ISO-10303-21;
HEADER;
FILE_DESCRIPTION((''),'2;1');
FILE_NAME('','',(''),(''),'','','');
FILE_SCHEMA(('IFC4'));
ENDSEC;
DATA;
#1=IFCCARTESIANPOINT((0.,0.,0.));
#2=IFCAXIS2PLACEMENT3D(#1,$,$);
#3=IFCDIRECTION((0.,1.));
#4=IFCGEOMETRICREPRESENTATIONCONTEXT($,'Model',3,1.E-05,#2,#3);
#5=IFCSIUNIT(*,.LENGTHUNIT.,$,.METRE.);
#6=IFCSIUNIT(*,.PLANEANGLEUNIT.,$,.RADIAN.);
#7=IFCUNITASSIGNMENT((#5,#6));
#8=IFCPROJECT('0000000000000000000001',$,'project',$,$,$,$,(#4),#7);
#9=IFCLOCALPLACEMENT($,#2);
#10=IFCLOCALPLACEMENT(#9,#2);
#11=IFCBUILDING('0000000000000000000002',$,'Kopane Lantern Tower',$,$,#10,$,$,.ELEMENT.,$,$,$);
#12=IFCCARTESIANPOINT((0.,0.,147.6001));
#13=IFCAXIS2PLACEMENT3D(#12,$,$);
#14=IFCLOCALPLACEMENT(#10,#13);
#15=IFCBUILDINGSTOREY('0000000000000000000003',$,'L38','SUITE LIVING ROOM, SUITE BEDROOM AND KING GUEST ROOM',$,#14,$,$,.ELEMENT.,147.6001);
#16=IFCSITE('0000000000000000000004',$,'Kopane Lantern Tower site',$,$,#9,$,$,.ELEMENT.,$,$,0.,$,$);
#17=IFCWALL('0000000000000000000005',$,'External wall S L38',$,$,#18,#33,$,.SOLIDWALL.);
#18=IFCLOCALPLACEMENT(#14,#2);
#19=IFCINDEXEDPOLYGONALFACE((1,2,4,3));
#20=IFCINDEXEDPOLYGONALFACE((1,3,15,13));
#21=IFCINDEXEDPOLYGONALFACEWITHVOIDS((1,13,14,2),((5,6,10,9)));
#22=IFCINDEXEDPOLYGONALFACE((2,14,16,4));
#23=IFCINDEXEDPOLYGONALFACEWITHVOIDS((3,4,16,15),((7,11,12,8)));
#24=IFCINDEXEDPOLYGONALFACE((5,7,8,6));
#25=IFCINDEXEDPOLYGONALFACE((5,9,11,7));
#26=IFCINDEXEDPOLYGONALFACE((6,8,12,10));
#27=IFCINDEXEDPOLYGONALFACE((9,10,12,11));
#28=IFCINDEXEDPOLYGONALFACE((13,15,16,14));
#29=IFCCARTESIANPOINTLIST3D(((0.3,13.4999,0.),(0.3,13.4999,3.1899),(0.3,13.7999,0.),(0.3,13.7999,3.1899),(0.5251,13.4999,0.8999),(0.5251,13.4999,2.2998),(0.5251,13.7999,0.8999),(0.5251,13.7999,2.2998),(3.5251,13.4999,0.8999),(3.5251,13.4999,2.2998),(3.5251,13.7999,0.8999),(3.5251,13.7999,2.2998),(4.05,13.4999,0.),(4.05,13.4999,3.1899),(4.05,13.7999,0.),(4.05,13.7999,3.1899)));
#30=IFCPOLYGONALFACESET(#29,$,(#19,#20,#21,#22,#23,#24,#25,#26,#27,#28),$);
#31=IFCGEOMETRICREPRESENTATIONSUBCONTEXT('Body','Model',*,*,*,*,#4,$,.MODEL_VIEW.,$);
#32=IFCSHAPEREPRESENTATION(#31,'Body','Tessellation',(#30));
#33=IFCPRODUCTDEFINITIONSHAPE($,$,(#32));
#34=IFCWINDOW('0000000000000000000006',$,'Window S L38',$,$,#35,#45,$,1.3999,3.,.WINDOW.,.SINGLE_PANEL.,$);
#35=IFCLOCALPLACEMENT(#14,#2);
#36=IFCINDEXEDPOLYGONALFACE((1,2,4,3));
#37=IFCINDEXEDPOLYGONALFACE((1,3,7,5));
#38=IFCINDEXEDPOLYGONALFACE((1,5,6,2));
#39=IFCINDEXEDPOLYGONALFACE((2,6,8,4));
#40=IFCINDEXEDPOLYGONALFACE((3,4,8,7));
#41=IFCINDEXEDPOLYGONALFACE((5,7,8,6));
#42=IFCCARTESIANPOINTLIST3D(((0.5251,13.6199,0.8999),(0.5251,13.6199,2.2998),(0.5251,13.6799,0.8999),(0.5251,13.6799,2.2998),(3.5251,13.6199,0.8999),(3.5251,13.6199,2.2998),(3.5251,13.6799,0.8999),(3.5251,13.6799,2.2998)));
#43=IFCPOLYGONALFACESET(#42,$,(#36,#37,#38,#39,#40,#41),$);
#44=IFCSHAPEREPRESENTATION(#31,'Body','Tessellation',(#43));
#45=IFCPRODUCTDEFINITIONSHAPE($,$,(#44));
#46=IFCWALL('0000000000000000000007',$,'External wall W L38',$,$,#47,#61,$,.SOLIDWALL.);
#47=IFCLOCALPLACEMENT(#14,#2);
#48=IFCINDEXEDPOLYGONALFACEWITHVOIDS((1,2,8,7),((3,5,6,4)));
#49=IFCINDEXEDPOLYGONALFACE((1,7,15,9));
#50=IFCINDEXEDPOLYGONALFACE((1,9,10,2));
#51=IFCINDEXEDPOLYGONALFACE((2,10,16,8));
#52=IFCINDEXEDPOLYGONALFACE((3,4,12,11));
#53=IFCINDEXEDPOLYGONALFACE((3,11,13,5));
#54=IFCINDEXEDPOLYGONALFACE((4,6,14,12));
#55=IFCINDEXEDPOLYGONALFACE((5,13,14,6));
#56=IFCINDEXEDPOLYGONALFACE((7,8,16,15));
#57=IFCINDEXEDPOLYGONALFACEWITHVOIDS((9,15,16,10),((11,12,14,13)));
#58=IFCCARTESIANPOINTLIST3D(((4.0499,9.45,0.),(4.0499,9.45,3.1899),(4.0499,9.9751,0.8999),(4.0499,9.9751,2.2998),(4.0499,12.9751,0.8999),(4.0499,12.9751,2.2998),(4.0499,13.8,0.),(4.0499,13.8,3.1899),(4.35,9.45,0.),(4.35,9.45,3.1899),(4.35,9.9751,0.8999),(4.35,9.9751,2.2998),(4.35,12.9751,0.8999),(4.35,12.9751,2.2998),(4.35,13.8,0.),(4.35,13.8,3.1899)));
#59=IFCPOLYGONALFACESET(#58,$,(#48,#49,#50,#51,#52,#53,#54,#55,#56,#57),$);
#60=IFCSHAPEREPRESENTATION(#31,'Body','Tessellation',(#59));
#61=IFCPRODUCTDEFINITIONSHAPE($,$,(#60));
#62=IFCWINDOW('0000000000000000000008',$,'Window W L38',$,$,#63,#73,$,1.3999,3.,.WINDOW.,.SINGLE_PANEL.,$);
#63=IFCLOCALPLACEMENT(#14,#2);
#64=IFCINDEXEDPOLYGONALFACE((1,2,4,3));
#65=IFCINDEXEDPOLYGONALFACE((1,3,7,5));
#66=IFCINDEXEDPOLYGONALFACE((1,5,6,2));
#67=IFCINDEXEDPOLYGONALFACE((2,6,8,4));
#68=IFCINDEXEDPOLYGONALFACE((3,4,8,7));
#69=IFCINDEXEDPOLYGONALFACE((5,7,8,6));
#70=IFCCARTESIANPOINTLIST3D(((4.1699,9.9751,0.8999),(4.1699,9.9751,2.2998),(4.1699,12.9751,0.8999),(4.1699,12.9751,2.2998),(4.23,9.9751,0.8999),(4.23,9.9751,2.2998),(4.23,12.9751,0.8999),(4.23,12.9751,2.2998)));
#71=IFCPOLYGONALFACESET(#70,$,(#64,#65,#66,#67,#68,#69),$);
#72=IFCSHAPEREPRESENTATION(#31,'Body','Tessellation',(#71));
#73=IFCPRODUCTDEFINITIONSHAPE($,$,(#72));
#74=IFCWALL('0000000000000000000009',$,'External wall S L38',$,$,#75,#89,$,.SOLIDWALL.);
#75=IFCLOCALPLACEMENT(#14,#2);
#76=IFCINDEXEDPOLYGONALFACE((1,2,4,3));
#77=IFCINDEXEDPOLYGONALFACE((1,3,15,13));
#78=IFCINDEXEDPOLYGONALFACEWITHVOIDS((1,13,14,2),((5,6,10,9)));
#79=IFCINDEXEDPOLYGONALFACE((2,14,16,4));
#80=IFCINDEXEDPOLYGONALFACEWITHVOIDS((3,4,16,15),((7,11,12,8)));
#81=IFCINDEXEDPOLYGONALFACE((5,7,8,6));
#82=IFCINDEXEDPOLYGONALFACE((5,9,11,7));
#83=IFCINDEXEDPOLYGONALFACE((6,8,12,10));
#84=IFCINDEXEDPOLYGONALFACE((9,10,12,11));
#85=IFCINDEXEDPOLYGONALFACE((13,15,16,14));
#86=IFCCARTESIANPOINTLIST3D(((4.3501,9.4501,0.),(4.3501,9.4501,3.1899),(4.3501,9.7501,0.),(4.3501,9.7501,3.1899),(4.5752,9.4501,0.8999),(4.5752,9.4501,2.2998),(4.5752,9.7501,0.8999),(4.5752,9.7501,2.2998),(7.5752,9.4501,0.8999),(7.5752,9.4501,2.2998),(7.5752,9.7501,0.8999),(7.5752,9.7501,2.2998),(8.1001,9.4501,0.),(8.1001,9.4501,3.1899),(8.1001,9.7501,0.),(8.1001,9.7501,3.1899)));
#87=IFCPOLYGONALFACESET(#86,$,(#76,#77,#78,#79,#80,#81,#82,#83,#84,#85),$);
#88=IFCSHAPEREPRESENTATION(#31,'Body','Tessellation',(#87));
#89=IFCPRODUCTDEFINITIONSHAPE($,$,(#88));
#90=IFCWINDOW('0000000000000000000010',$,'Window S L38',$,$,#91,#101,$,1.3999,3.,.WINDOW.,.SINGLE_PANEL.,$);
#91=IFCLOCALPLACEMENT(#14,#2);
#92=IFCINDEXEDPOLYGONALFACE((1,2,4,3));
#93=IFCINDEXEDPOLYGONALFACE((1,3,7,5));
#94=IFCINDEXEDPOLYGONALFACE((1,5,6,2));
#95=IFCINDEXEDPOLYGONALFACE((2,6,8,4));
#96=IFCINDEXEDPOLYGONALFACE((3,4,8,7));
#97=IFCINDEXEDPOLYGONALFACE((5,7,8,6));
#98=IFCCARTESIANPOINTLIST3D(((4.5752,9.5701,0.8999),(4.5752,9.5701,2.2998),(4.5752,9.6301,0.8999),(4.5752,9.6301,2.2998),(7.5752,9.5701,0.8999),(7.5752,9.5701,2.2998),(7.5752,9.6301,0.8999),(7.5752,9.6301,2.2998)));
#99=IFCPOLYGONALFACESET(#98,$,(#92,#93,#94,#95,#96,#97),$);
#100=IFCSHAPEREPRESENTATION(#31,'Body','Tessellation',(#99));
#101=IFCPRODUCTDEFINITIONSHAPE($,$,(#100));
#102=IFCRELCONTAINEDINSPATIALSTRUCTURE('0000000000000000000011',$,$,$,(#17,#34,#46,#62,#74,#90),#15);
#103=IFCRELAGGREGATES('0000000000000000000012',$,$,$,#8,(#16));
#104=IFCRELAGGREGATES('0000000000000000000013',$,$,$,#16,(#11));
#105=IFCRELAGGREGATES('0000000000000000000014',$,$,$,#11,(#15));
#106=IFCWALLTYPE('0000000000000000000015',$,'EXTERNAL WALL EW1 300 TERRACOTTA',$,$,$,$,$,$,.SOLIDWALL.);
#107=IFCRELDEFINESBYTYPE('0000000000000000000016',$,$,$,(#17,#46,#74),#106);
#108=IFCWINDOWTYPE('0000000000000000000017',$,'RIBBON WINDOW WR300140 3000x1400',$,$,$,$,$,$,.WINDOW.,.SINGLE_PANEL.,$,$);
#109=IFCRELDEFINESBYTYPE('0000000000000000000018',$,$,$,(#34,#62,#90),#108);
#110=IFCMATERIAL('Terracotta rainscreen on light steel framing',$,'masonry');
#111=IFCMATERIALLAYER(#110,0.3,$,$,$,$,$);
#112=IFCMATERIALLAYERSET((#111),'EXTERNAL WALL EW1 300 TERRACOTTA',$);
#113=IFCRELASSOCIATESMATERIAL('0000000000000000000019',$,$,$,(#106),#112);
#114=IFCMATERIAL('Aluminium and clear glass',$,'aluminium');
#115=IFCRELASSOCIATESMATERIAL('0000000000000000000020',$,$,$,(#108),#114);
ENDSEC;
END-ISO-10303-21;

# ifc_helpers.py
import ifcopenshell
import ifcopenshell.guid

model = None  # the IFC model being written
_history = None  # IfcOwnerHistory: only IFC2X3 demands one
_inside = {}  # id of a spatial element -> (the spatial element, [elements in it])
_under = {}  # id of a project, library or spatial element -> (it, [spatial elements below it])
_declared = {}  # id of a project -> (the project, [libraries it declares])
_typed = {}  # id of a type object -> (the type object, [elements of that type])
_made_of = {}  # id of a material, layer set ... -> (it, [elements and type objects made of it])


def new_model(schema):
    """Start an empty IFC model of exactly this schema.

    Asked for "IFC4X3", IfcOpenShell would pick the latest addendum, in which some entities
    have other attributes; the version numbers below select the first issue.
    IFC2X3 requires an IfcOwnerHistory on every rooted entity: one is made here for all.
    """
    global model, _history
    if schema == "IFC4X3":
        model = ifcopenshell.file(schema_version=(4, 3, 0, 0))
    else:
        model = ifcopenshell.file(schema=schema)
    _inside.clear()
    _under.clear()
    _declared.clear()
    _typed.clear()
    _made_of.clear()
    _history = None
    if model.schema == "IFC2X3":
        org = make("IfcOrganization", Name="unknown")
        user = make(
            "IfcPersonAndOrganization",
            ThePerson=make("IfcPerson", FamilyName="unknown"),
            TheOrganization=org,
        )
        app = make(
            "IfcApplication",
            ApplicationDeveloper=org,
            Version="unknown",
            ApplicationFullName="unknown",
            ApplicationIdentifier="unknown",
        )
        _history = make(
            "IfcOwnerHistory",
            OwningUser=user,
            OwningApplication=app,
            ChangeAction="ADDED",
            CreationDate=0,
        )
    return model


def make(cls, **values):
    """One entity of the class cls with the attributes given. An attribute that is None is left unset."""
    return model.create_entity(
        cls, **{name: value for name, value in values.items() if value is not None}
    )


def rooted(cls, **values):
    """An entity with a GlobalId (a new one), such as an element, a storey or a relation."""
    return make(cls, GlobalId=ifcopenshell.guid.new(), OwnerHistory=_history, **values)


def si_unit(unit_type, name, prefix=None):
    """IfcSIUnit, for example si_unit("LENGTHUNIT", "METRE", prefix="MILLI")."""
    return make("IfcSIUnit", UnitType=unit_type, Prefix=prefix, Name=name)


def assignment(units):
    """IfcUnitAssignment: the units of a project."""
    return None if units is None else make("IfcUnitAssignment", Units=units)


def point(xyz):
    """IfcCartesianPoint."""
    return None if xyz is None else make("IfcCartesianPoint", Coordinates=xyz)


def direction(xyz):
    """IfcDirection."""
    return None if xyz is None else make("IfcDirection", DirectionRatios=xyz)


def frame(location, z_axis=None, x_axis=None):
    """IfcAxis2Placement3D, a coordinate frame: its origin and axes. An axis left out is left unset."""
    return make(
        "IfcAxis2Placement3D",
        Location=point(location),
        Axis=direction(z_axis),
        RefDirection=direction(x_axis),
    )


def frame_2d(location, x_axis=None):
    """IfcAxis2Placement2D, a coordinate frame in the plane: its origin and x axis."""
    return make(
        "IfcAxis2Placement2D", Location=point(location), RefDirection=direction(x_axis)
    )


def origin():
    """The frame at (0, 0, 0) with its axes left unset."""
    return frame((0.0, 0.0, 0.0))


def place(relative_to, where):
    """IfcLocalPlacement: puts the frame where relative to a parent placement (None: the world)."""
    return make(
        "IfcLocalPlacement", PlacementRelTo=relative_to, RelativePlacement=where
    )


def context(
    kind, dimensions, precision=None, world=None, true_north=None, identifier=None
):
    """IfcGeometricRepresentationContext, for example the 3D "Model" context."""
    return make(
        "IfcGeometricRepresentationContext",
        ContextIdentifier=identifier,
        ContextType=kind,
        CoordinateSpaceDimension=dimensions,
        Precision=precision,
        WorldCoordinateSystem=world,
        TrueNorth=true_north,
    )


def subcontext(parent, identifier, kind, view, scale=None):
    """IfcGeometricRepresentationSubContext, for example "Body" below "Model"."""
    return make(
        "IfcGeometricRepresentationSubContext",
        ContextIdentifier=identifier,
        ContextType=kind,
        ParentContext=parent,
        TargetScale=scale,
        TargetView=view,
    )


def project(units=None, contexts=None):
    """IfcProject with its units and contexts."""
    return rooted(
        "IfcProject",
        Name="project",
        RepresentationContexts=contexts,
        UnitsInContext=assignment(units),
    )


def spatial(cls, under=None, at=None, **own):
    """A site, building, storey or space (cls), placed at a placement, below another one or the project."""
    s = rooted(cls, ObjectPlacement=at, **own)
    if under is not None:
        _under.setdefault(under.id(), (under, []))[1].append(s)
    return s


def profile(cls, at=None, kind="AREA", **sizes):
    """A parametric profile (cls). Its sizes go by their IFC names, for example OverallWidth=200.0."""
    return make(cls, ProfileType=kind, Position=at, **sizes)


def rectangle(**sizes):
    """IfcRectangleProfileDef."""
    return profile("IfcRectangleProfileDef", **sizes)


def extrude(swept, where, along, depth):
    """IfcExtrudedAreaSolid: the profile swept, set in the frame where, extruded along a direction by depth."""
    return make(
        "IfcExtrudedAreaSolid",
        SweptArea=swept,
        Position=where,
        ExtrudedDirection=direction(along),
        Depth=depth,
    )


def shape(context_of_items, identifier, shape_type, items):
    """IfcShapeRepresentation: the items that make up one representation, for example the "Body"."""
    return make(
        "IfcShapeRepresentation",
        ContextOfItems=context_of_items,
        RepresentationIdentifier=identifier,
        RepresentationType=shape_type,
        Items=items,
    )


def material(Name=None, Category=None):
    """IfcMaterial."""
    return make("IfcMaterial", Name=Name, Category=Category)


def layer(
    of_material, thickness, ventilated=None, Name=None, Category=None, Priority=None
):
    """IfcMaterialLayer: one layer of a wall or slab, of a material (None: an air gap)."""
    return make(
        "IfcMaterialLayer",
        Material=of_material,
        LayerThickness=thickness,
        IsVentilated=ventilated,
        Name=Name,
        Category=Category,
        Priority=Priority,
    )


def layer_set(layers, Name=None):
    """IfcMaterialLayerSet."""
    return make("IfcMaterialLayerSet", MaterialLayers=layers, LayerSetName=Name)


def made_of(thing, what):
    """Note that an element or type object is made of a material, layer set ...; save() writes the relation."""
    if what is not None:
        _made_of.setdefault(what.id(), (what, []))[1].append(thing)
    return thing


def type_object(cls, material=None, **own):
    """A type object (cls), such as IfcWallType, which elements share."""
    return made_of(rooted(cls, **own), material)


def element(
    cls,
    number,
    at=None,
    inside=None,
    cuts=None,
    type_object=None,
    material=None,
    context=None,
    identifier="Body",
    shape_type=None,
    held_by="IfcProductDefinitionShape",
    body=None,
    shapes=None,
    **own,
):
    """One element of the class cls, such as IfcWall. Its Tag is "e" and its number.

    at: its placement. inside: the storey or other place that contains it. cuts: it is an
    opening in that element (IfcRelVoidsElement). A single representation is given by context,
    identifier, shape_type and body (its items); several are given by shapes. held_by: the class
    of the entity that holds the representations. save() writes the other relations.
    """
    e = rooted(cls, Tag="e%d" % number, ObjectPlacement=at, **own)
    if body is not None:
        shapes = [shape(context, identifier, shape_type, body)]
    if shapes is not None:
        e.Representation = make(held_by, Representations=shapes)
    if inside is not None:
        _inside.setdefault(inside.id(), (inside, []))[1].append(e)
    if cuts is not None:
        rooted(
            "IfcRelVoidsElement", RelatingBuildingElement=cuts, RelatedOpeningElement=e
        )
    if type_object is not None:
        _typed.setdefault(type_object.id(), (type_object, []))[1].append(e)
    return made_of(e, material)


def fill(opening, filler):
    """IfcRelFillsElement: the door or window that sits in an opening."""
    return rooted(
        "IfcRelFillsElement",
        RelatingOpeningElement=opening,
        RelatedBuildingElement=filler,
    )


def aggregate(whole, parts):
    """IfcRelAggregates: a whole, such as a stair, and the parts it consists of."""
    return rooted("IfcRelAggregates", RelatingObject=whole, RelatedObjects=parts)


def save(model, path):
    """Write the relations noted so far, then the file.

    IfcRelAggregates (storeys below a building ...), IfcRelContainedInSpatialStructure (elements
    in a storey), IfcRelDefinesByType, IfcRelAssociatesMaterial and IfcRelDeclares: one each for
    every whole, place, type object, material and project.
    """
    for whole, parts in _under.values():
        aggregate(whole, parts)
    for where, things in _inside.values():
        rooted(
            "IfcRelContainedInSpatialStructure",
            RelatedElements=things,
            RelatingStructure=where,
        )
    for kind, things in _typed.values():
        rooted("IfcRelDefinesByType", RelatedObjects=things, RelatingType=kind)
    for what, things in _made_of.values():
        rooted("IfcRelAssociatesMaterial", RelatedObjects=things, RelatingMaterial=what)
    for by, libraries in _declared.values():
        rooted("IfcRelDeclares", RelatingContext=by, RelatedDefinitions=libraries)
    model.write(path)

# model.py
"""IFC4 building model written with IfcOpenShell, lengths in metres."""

from ifc_helpers import new_model, si_unit, direction, frame, frame_2d, origin, place, context, subcontext, project, spatial, rectangle, extrude, material, layer, layer_set, type_object, element, fill, save


model = new_model("IFC4")

# Units and contexts
model_context = context("Model", 3, precision=1e-05, world=origin(), true_north=direction((0.0, 1.0)))
body_context = subcontext(model_context, "Body", "Model", "MODEL_VIEW")
ifc_project = project(units=[si_unit("LENGTHUNIT", "METRE"), si_unit("PLANEANGLEUNIT", "RADIAN")], contexts=[model_context])

# Site, building, storey
site_placement = place(None, origin())
site = spatial("IfcSite", under=ifc_project, at=site_placement, Name="Kopane Lantern Tower site", CompositionType="ELEMENT", RefElevation=0.0)
building_placement = place(site_placement, origin())
building = spatial("IfcBuilding", under=site, at=building_placement, Name="Kopane Lantern Tower", CompositionType="ELEMENT")
storey_placement = place(building_placement, frame((0.0, 0.0, 147.6001)))
storey = spatial("IfcBuildingStorey", under=building, at=storey_placement, Name="L38", Description="SUITE LIVING ROOM, SUITE BEDROOM AND KING GUEST ROOM", CompositionType="ELEMENT", Elevation=147.6001)

# Walls, openings, windows
ifc_material_1 = material(Name="Terracotta rainscreen on light steel framing", Category="masonry")
ifc_layer_1 = layer(ifc_material_1, 0.3)
ifc_layer_set_1 = layer_set([ifc_layer_1], Name="EXTERNAL WALL EW1 300 TERRACOTTA")
wall_type = type_object("IfcWallType", Name="EXTERNAL WALL EW1 300 TERRACOTTA", PredefinedType="SOLIDWALL", material=ifc_layer_set_1)
wall_1_placement = place(storey_placement, frame((0.3, 13.6499, 0.0), z_axis=(0.0, 0.0, 1.0), x_axis=(1.0, 0.0, 0.0)))
wall_1 = element("IfcWall", 1, at=wall_1_placement, inside=storey, type_object=wall_type, Name="External wall S L38", PredefinedType="SOLIDWALL", context=body_context, shape_type="SweptSolid", body=[
    extrude(rectangle(XDim=3.75, YDim=0.3, at=frame_2d((1.875, 0.0))), origin(), (0.0, 0.0, 1.0), 3.1899),
])
opening_1_placement = place(wall_1_placement, frame((0.2251, 0.0, 0.8999)))
opening_1 = element("IfcOpeningElement", 2, at=opening_1_placement, cuts=wall_1, PredefinedType="OPENING", context=body_context, shape_type="SweptSolid", body=[
    extrude(rectangle(XDim=3.0, YDim=1.3999, at=frame_2d((1.5, 0.7))), frame((0.0, 0.1599, 0.0), z_axis=(0.0, -1.0, 0.0), x_axis=(1.0, 0.0, 0.0)), (0.0, 0.0, 1.0), 0.3201),
])
ifc_material_2 = material(Name="Aluminium and clear glass", Category="aluminium")
window_type = type_object("IfcWindowType", Name="RIBBON WINDOW WR300140 3000x1400", PartitioningType="SINGLE_PANEL", PredefinedType="WINDOW", material=ifc_material_2)
window_1_placement = place(opening_1_placement, origin())
window_1 = element("IfcWindow", 3, at=window_1_placement, inside=storey, type_object=window_type, Name="Window S L38", OverallHeight=1.3999, OverallWidth=3.0, PartitioningType="SINGLE_PANEL", PredefinedType="WINDOW", context=body_context, shape_type="SweptSolid", body=[
    extrude(rectangle(XDim=3.0, YDim=1.3999, at=frame_2d((1.5, 0.7))), frame((0.0, 0.03, 0.0), z_axis=(0.0, -1.0, 0.0), x_axis=(1.0, 0.0, 0.0)), (0.0, 0.0, 1.0), 0.0601),
])
fill(opening_1, window_1)
wall_2_placement = place(storey_placement, frame((4.2, 13.8, 0.0), z_axis=(0.0, 0.0, 1.0), x_axis=(0.0, -1.0, 0.0)))
wall_2 = element("IfcWall", 4, at=wall_2_placement, inside=storey, type_object=wall_type, Name="External wall W L38", PredefinedType="SOLIDWALL", context=body_context, shape_type="SweptSolid", body=[
    extrude(rectangle(XDim=4.3501, YDim=0.3, at=frame_2d((2.175, 0.0))), origin(), (0.0, 0.0, 1.0), 3.1899),
])
opening_2_placement = place(wall_2_placement, frame((0.825, 0.0, 0.8999)))
opening_2 = element("IfcOpeningElement", 5, at=opening_2_placement, cuts=wall_2, PredefinedType="OPENING", context=body_context, shape_type="SweptSolid", body=[
    extrude(rectangle(XDim=3.0, YDim=1.3999, at=frame_2d((1.5, 0.7))), frame((0.0, 0.1599, 0.0), z_axis=(0.0, -1.0, 0.0), x_axis=(1.0, 0.0, 0.0)), (0.0, 0.0, 1.0), 0.3201),
])
window_2_placement = place(opening_2_placement, origin())
window_2 = element("IfcWindow", 6, at=window_2_placement, inside=storey, type_object=window_type, Name="Window W L38", OverallHeight=1.3999, OverallWidth=3.0, PartitioningType="SINGLE_PANEL", PredefinedType="WINDOW", context=body_context, shape_type="SweptSolid", body=[
    extrude(rectangle(XDim=3.0, YDim=1.3999, at=frame_2d((1.5, 0.7))), frame((0.0, 0.03, 0.0), z_axis=(0.0, -1.0, 0.0), x_axis=(1.0, 0.0, 0.0)), (0.0, 0.0, 1.0), 0.0601),
])
fill(opening_2, window_2)
wall_3_placement = place(storey_placement, frame((4.3501, 9.6001, 0.0), z_axis=(0.0, 0.0, 1.0), x_axis=(1.0, 0.0, 0.0)))
wall_3 = element("IfcWall", 7, at=wall_3_placement, inside=storey, type_object=wall_type, Name="External wall S L38", PredefinedType="SOLIDWALL", context=body_context, shape_type="SweptSolid", body=[
    extrude(rectangle(XDim=3.75, YDim=0.3, at=frame_2d((1.875, 0.0))), origin(), (0.0, 0.0, 1.0), 3.1899),
])
opening_3_placement = place(wall_3_placement, frame((0.2251, 0.0, 0.8999)))
opening_3 = element("IfcOpeningElement", 8, at=opening_3_placement, cuts=wall_3, PredefinedType="OPENING", context=body_context, shape_type="SweptSolid", body=[
    extrude(rectangle(XDim=3.0, YDim=1.3999, at=frame_2d((1.5, 0.7))), frame((0.0, 0.1599, 0.0), z_axis=(0.0, -1.0, 0.0), x_axis=(1.0, 0.0, 0.0)), (0.0, 0.0, 1.0), 0.3201),
])
window_3_placement = place(opening_3_placement, origin())
window_3 = element("IfcWindow", 9, at=window_3_placement, inside=storey, type_object=window_type, Name="Window S L38", OverallHeight=1.3999, OverallWidth=3.0, PartitioningType="SINGLE_PANEL", PredefinedType="WINDOW", context=body_context, shape_type="SweptSolid", body=[
    extrude(rectangle(XDim=3.0, YDim=1.3999, at=frame_2d((1.5, 0.7))), frame((0.0, 0.03, 0.0), z_axis=(0.0, -1.0, 0.0), x_axis=(1.0, 0.0, 0.0)), (0.0, 0.0, 1.0), 0.0601),
])
fill(opening_3, window_3)

save(model, "model.ifc")
